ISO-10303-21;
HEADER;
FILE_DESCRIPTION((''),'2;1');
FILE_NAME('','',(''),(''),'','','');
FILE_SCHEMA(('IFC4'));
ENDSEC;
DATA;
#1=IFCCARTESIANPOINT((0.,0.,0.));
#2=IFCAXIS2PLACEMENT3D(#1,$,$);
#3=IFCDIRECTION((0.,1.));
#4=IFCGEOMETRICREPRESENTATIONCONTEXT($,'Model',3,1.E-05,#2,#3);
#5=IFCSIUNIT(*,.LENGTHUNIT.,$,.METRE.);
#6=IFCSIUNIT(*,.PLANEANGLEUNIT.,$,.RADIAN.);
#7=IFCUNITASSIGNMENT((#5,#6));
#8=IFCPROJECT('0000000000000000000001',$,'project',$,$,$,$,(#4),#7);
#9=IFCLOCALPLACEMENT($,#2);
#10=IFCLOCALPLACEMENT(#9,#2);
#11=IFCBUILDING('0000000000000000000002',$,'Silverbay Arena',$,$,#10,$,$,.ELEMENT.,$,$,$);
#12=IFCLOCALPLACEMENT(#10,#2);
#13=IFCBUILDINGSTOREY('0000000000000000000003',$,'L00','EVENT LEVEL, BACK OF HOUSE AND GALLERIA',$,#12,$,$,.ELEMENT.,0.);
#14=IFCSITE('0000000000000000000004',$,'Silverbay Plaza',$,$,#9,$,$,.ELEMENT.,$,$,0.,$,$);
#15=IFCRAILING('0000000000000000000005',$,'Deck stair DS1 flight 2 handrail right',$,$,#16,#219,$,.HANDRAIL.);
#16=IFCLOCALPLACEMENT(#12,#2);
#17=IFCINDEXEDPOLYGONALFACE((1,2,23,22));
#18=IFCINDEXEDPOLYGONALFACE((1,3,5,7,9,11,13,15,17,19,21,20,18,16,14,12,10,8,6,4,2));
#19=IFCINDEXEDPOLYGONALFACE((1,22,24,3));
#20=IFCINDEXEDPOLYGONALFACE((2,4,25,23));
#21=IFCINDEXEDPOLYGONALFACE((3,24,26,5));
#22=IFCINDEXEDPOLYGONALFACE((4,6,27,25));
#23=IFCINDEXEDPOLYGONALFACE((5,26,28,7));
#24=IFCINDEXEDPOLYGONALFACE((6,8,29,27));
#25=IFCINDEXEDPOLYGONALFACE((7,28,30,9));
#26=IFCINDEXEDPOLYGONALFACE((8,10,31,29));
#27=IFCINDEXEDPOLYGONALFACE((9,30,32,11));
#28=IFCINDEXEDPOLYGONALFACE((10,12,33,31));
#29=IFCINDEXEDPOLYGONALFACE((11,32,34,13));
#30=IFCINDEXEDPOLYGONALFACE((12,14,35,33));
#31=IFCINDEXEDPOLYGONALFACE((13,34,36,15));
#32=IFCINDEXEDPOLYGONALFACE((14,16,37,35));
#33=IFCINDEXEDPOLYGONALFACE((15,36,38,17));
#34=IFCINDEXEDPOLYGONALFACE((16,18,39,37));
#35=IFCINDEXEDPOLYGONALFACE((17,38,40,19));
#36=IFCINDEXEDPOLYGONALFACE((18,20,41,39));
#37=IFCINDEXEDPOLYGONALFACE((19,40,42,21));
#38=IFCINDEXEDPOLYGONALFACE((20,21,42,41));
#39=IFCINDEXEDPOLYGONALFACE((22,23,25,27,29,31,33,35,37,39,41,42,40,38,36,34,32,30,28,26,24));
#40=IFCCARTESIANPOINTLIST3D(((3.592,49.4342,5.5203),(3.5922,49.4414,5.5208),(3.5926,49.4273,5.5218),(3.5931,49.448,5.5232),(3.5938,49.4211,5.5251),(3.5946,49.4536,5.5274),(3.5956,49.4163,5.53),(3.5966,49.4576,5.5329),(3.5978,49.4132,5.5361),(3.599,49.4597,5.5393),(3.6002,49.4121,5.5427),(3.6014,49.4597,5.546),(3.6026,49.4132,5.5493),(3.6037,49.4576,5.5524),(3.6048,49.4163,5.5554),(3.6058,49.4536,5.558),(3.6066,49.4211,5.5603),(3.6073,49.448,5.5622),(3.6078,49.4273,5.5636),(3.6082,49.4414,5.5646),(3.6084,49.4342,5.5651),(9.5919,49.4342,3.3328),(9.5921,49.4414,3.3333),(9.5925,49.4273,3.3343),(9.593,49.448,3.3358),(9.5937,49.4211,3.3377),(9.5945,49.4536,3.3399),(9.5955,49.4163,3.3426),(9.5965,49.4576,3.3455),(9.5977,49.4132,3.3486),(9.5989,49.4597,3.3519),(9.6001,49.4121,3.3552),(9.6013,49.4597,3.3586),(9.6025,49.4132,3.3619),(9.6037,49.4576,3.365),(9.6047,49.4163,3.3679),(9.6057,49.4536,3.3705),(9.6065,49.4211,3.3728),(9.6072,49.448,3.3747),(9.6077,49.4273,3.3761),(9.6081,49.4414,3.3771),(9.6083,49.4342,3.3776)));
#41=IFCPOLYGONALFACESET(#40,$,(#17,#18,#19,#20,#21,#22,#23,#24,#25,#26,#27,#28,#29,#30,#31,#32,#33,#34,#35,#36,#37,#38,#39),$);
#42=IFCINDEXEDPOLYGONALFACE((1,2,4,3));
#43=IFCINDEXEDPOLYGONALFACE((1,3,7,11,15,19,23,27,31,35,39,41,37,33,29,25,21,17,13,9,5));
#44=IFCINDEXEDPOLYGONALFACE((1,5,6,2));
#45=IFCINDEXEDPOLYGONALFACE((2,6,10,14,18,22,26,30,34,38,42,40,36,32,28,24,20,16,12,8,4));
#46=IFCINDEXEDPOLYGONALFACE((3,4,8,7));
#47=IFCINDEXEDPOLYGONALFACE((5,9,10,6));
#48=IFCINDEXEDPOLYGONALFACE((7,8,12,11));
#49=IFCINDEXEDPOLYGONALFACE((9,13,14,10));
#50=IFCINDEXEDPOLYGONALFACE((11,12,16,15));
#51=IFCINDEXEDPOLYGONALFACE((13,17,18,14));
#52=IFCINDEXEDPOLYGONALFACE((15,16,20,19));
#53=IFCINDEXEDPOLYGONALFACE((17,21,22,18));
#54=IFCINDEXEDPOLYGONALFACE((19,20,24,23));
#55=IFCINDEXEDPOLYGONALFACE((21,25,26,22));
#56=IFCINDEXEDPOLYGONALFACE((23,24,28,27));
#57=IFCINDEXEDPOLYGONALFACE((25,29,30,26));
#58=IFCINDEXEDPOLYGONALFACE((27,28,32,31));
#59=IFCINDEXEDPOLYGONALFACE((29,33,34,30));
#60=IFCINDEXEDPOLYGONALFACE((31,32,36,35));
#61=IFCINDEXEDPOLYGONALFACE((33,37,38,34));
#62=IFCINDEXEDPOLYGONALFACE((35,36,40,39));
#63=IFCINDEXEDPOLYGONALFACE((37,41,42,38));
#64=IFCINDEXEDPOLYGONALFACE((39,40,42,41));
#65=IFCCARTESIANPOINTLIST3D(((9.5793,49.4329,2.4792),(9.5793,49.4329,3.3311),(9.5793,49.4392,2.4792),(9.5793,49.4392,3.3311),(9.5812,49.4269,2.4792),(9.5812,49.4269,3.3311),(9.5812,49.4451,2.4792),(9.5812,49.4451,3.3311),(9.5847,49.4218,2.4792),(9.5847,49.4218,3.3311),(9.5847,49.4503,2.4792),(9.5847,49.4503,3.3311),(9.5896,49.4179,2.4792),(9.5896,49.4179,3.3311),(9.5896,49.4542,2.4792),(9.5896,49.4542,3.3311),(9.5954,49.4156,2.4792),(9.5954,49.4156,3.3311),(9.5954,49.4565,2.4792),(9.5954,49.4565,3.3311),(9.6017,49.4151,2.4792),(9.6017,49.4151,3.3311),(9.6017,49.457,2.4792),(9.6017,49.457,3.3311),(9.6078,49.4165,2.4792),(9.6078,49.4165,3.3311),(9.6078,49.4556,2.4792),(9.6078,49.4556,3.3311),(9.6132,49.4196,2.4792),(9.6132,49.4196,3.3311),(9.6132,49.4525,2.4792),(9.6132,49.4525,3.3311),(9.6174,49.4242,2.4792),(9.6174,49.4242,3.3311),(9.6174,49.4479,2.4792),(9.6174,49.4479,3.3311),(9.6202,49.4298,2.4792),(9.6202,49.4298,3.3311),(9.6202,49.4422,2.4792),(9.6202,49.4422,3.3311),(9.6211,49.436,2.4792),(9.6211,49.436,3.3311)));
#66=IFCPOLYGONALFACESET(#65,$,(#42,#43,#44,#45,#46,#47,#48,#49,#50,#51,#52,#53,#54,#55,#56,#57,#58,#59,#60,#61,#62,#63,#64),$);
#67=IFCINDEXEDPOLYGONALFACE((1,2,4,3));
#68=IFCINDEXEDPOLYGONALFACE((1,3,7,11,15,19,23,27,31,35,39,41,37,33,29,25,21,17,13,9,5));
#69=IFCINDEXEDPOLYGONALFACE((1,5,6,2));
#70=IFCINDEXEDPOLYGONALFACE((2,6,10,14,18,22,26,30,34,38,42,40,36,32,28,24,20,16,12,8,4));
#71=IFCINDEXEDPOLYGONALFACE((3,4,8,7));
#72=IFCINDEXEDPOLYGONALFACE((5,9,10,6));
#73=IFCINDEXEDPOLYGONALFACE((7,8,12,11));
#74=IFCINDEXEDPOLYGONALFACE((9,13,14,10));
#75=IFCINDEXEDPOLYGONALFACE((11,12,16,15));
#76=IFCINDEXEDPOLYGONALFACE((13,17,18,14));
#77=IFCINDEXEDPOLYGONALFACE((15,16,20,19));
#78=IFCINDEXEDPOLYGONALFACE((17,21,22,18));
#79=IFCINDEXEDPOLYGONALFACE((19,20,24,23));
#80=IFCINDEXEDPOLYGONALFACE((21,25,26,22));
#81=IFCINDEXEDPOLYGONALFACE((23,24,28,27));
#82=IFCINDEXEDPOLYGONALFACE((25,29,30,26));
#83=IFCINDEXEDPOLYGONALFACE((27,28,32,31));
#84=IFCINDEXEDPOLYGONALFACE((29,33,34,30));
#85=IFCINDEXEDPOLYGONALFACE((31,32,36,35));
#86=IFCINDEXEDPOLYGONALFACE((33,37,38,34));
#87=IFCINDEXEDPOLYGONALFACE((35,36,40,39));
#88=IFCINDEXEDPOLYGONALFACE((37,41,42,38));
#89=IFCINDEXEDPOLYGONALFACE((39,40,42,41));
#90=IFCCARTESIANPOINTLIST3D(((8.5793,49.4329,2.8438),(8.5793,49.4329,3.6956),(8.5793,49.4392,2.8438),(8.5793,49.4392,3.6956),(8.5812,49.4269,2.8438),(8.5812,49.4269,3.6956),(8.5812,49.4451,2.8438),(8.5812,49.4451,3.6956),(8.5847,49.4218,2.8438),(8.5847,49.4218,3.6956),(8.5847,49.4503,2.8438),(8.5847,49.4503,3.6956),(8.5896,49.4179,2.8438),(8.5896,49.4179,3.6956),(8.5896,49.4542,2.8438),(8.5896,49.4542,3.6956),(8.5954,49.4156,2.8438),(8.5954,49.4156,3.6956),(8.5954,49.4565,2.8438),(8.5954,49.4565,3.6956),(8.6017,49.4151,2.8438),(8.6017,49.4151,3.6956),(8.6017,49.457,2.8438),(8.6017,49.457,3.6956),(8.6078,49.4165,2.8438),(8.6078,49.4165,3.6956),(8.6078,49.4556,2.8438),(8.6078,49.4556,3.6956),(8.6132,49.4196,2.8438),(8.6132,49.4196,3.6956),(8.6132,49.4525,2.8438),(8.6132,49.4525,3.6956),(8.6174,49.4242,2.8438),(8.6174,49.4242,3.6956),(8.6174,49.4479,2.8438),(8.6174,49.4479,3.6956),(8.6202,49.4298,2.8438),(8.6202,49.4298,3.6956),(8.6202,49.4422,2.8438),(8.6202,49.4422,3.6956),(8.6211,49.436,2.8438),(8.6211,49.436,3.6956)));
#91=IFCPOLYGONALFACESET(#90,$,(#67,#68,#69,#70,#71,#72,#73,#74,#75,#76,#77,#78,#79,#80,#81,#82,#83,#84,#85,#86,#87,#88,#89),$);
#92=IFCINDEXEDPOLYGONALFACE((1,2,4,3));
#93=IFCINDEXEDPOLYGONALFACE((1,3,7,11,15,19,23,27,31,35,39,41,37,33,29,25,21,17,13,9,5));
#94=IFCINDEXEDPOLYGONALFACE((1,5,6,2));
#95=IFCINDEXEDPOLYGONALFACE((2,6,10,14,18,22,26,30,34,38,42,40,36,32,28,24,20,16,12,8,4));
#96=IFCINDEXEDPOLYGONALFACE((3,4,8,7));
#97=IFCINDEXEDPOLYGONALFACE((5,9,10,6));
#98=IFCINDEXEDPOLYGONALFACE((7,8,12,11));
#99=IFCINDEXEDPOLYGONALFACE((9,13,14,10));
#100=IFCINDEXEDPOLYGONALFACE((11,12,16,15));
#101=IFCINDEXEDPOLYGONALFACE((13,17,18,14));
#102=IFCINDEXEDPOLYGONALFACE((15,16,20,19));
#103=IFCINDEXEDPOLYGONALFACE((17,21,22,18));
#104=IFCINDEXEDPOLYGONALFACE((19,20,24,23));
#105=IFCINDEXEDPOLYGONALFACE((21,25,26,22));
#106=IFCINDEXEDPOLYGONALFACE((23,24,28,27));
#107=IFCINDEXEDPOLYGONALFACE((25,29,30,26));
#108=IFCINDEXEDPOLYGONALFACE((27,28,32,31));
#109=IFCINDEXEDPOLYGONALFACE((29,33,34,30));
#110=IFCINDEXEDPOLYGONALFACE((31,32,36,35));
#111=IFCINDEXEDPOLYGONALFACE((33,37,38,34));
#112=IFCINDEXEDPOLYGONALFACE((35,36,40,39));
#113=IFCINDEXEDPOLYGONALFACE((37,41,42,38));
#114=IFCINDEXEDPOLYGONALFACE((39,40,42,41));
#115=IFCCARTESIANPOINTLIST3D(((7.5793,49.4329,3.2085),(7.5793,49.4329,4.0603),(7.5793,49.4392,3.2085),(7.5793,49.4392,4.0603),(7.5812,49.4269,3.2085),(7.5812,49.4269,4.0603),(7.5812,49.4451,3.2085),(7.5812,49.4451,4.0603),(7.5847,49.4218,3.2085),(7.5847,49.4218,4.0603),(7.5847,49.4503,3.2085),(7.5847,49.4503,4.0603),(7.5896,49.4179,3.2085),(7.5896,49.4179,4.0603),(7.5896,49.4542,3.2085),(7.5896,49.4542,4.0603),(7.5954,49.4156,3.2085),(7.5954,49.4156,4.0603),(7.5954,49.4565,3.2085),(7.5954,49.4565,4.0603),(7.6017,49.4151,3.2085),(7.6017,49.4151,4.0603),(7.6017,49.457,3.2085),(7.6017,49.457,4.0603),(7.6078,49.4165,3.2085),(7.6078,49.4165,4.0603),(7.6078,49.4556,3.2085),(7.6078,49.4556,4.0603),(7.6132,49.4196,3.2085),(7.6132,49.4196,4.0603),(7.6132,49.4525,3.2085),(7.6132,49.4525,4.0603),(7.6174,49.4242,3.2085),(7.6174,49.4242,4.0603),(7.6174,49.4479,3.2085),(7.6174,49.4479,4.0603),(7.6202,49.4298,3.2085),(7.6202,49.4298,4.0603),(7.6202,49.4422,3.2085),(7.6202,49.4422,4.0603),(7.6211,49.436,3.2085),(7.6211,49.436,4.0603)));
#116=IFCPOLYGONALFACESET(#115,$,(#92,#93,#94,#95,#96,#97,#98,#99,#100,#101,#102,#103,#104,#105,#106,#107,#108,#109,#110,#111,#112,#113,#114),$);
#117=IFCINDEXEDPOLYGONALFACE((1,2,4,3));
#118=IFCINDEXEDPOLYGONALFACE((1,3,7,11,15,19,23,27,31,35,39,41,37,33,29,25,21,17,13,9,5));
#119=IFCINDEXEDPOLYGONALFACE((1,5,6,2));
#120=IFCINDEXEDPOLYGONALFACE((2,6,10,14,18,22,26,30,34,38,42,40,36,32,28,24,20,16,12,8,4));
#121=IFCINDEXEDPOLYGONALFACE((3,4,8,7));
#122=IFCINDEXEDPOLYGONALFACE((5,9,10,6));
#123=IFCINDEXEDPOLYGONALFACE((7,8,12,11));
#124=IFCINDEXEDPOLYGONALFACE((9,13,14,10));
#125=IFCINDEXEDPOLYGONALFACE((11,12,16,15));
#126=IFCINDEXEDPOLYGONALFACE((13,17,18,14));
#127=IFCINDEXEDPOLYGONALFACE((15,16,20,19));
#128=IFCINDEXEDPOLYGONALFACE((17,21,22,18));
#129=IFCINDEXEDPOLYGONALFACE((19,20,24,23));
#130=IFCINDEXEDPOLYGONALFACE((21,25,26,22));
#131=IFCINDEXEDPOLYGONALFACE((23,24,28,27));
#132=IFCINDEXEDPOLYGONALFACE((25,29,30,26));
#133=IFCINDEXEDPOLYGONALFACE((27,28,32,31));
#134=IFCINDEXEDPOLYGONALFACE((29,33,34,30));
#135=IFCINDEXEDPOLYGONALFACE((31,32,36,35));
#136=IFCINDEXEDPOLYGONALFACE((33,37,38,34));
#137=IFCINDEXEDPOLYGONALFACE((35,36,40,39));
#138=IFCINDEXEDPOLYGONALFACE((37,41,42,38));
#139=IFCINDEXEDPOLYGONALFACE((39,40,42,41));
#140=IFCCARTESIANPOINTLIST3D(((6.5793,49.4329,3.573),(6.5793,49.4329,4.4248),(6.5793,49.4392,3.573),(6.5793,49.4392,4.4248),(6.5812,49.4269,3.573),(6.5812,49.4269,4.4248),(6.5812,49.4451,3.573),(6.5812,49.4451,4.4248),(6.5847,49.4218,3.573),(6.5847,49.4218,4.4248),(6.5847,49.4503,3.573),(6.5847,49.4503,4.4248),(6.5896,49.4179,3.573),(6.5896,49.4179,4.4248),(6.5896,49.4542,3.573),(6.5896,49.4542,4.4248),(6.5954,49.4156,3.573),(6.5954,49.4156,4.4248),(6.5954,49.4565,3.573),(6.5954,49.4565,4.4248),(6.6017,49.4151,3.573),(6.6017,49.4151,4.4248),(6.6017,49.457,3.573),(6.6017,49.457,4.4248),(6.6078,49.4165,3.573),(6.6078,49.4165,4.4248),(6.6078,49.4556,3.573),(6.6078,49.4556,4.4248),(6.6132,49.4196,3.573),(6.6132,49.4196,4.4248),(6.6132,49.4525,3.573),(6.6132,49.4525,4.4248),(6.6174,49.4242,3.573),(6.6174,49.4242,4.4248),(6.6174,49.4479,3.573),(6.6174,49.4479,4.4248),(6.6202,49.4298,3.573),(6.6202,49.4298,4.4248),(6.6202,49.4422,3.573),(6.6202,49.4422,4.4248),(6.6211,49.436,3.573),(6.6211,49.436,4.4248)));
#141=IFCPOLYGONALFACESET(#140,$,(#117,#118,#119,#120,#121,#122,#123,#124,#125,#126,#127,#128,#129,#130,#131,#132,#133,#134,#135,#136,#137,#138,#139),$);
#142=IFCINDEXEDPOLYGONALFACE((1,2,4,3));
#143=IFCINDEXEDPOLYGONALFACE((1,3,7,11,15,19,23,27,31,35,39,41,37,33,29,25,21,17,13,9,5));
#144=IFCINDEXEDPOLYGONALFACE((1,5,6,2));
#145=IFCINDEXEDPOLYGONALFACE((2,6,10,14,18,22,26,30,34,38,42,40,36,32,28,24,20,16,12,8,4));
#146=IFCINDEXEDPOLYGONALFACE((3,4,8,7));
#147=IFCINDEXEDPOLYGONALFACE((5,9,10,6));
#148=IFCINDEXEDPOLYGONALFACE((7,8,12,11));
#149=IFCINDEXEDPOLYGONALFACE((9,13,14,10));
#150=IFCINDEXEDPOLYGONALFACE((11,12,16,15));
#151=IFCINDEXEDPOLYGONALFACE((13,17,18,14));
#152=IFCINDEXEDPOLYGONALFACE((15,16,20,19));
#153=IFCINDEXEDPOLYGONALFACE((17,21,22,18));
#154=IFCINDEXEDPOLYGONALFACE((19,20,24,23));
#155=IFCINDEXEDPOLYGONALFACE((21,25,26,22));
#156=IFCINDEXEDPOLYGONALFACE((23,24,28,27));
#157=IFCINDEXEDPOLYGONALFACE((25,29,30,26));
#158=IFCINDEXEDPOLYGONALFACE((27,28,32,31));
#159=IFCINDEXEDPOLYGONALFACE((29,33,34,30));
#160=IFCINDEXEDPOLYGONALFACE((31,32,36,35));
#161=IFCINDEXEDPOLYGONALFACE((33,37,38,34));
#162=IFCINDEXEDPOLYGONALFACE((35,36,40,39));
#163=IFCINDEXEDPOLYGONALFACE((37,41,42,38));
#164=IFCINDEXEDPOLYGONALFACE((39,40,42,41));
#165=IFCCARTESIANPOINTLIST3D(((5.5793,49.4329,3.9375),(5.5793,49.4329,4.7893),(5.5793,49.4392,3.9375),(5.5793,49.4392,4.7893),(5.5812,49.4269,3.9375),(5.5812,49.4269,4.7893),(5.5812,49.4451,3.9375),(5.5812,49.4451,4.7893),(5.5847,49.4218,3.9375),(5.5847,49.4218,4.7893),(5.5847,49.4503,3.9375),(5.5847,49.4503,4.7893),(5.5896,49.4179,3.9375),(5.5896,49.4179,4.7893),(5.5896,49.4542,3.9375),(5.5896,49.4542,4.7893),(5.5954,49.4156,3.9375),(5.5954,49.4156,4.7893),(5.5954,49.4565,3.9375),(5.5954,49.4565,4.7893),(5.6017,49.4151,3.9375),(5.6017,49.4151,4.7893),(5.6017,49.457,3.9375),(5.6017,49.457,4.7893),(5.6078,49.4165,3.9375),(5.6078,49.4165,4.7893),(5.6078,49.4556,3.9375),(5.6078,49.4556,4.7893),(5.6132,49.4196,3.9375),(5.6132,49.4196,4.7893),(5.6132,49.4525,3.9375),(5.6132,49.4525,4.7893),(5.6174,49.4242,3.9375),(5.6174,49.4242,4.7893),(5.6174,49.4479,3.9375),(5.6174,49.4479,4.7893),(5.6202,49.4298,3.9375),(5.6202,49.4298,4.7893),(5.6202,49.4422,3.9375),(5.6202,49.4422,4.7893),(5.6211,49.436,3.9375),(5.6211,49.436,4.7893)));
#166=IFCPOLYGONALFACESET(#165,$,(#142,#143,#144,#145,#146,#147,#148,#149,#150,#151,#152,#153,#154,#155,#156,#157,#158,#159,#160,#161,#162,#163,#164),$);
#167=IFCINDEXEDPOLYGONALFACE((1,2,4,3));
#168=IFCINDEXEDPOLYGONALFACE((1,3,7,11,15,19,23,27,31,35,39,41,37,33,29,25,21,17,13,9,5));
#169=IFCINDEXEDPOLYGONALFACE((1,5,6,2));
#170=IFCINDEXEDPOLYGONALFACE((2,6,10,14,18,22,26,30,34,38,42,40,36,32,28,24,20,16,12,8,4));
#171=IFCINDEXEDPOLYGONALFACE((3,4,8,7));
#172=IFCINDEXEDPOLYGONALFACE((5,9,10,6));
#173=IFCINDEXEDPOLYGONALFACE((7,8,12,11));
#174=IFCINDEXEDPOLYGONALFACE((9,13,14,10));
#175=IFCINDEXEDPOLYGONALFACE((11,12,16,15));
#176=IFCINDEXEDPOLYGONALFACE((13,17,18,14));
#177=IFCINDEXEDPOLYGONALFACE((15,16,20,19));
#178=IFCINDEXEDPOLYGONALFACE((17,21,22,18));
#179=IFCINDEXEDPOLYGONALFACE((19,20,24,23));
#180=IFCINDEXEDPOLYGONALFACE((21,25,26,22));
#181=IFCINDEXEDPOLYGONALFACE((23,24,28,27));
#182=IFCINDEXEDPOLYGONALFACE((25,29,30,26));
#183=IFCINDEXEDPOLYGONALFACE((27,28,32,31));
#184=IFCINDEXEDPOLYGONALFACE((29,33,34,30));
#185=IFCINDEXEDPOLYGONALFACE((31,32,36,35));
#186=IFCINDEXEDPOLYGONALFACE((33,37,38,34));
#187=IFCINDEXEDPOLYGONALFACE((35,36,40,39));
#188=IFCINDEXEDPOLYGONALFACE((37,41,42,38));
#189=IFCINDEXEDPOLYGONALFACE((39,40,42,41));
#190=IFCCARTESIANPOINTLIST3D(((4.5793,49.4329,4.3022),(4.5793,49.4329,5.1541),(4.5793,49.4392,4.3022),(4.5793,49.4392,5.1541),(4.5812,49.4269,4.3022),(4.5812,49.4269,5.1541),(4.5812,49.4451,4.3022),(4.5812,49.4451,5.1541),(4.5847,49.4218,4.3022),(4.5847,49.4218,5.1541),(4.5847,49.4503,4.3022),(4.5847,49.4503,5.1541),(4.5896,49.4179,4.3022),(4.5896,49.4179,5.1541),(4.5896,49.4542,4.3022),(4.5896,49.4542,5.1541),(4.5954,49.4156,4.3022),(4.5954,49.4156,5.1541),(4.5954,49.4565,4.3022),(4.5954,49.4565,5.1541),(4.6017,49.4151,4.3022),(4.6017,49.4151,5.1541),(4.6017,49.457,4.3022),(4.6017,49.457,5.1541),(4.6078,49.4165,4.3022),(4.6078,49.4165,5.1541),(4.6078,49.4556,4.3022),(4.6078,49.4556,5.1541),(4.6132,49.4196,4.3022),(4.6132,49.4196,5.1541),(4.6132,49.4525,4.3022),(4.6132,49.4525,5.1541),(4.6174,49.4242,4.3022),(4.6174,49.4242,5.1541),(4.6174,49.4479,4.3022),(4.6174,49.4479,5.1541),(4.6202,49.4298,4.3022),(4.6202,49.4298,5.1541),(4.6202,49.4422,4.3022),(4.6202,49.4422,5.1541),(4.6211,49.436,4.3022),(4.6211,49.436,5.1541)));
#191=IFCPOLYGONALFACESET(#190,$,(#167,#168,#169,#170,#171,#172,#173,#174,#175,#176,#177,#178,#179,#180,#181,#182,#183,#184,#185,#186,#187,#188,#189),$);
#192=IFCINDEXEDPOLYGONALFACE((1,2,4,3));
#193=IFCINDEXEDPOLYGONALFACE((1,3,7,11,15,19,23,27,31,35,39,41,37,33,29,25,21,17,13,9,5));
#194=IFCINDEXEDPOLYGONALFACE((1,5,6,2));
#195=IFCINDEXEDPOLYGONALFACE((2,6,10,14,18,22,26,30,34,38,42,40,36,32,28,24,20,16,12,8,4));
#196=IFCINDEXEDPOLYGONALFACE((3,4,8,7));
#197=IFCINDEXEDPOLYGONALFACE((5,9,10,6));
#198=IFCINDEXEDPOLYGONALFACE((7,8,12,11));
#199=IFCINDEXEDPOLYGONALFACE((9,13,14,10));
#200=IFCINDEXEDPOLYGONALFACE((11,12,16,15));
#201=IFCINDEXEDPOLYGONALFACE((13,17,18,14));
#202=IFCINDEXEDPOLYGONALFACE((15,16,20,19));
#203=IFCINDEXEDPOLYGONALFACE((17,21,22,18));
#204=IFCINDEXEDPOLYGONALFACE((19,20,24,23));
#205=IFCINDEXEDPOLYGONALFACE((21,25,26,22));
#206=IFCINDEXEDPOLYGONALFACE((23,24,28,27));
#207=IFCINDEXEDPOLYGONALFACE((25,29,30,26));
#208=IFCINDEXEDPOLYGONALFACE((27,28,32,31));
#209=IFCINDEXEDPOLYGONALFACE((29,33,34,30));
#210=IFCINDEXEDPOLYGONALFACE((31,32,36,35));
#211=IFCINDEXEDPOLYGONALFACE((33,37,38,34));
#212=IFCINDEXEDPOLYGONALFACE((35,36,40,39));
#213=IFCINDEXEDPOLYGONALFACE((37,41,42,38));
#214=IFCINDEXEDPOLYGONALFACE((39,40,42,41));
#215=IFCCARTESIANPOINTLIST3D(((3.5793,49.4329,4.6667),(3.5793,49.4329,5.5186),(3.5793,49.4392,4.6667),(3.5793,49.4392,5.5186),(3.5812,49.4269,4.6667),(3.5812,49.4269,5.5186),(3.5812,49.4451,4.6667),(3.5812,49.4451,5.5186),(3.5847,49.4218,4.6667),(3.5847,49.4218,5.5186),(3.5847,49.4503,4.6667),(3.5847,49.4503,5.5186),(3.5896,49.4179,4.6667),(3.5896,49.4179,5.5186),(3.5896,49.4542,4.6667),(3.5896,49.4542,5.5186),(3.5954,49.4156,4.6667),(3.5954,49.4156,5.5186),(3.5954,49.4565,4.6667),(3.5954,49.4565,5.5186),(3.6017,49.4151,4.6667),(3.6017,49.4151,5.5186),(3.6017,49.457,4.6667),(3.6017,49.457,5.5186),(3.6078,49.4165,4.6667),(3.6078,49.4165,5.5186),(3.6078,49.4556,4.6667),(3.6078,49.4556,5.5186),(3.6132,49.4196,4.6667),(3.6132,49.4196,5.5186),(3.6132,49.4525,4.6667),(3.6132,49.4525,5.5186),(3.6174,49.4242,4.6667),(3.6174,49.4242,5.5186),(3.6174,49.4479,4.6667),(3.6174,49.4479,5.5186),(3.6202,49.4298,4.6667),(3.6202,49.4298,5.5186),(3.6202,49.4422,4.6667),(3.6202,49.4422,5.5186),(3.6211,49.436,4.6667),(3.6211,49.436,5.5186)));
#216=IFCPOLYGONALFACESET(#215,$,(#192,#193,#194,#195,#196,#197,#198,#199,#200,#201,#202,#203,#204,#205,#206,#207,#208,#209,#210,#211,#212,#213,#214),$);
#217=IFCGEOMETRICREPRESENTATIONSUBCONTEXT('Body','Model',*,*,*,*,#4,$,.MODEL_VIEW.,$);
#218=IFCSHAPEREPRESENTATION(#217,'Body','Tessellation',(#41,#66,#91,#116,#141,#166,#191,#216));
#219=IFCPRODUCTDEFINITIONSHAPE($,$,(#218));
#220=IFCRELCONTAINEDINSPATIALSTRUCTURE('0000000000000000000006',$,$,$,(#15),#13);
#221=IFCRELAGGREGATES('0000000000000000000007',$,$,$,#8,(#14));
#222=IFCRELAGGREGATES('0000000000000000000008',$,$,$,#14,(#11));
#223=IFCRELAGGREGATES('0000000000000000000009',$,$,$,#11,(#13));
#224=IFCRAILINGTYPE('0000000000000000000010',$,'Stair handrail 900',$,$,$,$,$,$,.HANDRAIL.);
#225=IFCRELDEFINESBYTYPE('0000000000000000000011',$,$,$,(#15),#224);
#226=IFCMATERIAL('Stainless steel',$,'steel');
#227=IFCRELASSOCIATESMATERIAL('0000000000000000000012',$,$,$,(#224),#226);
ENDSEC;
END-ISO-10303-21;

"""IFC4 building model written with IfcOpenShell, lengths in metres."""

from ifc_helpers import new_model, si_unit, direction, frame, origin, origin_2d, place, context, subcontext, project, spatial, circle, extrude, material, type_object, element, save


model = new_model("IFC4")

# Units and contexts
model_context = context("Model", 3, precision=1e-05, world=origin(), true_north=direction((0.0, 1.0)))
body_context = subcontext(model_context, "Body", "Model", "MODEL_VIEW")
ifc_project = project(units=[si_unit("LENGTHUNIT", "METRE"), si_unit("PLANEANGLEUNIT", "RADIAN")], contexts=[model_context])

# Site, building, storey
site_placement = place(None, origin())
site = spatial("IfcSite", under=ifc_project, at=site_placement, Name="Silverbay Plaza", CompositionType="ELEMENT", RefElevation=0.0)
building_placement = place(site_placement, origin())
building = spatial("IfcBuilding", under=site, at=building_placement, Name="Silverbay Arena", CompositionType="ELEMENT")
storey_placement = place(building_placement, origin())
storey = spatial("IfcBuildingStorey", under=building, at=storey_placement, Name="L00", Description="EVENT LEVEL, BACK OF HOUSE AND GALLERIA", CompositionType="ELEMENT", Elevation=0.0)

# Railing
ifc_material_1 = material(Name="Stainless steel", Category="steel")
railing_type_1 = type_object("IfcRailingType", Name="Stair handrail 900", PredefinedType="HANDRAIL", material=ifc_material_1)
for number, where, name in (
    (1, (9.6001, 49.436, 2.4792), "Deck stair DS1 flight 2 handrail right"),
):
    element("IfcRailing", number, at=place(storey_placement, frame(where)), inside=storey, type_object=railing_type_1, Name=name, PredefinedType="HANDRAIL", context=body_context, shape_type="SweptSolid", body=[
        extrude(circle(Radius=0.0239, at=origin_2d()), frame((0.0, 0.0, 0.876), z_axis=(-0.939507, 0.0, 0.342529), x_axis=(0.0, -1.0, 0.0)), (0.0, 0.0, 1.0), 6.3862),
        extrude(circle(Radius=0.021, at=origin_2d()), origin(), (0.0, 0.0, 1.0), 0.8518),
        extrude(circle(Radius=0.021, at=origin_2d()), frame((-1.0, 0.0, 0.3645)), (0.0, 0.0, 1.0), 0.8518),
        extrude(circle(Radius=0.021, at=origin_2d()), frame((-2.0, 0.0, 0.7292)), (0.0, 0.0, 1.0), 0.8518),
        extrude(circle(Radius=0.021, at=origin_2d()), frame((-3.0, 0.0, 1.0938)), (0.0, 0.0, 1.0), 0.8518),
        extrude(circle(Radius=0.021, at=origin_2d()), frame((-4.0, 0.0, 1.4583)), (0.0, 0.0, 1.0), 0.8518),
        extrude(circle(Radius=0.021, at=origin_2d()), frame((-5.0, 0.0, 1.823)), (0.0, 0.0, 1.0), 0.8518),
        extrude(circle(Radius=0.021, at=origin_2d()), frame((-6.0, 0.0, 2.1875)), (0.0, 0.0, 1.0), 0.8518),
    ])

save(model, "model.ifc")
